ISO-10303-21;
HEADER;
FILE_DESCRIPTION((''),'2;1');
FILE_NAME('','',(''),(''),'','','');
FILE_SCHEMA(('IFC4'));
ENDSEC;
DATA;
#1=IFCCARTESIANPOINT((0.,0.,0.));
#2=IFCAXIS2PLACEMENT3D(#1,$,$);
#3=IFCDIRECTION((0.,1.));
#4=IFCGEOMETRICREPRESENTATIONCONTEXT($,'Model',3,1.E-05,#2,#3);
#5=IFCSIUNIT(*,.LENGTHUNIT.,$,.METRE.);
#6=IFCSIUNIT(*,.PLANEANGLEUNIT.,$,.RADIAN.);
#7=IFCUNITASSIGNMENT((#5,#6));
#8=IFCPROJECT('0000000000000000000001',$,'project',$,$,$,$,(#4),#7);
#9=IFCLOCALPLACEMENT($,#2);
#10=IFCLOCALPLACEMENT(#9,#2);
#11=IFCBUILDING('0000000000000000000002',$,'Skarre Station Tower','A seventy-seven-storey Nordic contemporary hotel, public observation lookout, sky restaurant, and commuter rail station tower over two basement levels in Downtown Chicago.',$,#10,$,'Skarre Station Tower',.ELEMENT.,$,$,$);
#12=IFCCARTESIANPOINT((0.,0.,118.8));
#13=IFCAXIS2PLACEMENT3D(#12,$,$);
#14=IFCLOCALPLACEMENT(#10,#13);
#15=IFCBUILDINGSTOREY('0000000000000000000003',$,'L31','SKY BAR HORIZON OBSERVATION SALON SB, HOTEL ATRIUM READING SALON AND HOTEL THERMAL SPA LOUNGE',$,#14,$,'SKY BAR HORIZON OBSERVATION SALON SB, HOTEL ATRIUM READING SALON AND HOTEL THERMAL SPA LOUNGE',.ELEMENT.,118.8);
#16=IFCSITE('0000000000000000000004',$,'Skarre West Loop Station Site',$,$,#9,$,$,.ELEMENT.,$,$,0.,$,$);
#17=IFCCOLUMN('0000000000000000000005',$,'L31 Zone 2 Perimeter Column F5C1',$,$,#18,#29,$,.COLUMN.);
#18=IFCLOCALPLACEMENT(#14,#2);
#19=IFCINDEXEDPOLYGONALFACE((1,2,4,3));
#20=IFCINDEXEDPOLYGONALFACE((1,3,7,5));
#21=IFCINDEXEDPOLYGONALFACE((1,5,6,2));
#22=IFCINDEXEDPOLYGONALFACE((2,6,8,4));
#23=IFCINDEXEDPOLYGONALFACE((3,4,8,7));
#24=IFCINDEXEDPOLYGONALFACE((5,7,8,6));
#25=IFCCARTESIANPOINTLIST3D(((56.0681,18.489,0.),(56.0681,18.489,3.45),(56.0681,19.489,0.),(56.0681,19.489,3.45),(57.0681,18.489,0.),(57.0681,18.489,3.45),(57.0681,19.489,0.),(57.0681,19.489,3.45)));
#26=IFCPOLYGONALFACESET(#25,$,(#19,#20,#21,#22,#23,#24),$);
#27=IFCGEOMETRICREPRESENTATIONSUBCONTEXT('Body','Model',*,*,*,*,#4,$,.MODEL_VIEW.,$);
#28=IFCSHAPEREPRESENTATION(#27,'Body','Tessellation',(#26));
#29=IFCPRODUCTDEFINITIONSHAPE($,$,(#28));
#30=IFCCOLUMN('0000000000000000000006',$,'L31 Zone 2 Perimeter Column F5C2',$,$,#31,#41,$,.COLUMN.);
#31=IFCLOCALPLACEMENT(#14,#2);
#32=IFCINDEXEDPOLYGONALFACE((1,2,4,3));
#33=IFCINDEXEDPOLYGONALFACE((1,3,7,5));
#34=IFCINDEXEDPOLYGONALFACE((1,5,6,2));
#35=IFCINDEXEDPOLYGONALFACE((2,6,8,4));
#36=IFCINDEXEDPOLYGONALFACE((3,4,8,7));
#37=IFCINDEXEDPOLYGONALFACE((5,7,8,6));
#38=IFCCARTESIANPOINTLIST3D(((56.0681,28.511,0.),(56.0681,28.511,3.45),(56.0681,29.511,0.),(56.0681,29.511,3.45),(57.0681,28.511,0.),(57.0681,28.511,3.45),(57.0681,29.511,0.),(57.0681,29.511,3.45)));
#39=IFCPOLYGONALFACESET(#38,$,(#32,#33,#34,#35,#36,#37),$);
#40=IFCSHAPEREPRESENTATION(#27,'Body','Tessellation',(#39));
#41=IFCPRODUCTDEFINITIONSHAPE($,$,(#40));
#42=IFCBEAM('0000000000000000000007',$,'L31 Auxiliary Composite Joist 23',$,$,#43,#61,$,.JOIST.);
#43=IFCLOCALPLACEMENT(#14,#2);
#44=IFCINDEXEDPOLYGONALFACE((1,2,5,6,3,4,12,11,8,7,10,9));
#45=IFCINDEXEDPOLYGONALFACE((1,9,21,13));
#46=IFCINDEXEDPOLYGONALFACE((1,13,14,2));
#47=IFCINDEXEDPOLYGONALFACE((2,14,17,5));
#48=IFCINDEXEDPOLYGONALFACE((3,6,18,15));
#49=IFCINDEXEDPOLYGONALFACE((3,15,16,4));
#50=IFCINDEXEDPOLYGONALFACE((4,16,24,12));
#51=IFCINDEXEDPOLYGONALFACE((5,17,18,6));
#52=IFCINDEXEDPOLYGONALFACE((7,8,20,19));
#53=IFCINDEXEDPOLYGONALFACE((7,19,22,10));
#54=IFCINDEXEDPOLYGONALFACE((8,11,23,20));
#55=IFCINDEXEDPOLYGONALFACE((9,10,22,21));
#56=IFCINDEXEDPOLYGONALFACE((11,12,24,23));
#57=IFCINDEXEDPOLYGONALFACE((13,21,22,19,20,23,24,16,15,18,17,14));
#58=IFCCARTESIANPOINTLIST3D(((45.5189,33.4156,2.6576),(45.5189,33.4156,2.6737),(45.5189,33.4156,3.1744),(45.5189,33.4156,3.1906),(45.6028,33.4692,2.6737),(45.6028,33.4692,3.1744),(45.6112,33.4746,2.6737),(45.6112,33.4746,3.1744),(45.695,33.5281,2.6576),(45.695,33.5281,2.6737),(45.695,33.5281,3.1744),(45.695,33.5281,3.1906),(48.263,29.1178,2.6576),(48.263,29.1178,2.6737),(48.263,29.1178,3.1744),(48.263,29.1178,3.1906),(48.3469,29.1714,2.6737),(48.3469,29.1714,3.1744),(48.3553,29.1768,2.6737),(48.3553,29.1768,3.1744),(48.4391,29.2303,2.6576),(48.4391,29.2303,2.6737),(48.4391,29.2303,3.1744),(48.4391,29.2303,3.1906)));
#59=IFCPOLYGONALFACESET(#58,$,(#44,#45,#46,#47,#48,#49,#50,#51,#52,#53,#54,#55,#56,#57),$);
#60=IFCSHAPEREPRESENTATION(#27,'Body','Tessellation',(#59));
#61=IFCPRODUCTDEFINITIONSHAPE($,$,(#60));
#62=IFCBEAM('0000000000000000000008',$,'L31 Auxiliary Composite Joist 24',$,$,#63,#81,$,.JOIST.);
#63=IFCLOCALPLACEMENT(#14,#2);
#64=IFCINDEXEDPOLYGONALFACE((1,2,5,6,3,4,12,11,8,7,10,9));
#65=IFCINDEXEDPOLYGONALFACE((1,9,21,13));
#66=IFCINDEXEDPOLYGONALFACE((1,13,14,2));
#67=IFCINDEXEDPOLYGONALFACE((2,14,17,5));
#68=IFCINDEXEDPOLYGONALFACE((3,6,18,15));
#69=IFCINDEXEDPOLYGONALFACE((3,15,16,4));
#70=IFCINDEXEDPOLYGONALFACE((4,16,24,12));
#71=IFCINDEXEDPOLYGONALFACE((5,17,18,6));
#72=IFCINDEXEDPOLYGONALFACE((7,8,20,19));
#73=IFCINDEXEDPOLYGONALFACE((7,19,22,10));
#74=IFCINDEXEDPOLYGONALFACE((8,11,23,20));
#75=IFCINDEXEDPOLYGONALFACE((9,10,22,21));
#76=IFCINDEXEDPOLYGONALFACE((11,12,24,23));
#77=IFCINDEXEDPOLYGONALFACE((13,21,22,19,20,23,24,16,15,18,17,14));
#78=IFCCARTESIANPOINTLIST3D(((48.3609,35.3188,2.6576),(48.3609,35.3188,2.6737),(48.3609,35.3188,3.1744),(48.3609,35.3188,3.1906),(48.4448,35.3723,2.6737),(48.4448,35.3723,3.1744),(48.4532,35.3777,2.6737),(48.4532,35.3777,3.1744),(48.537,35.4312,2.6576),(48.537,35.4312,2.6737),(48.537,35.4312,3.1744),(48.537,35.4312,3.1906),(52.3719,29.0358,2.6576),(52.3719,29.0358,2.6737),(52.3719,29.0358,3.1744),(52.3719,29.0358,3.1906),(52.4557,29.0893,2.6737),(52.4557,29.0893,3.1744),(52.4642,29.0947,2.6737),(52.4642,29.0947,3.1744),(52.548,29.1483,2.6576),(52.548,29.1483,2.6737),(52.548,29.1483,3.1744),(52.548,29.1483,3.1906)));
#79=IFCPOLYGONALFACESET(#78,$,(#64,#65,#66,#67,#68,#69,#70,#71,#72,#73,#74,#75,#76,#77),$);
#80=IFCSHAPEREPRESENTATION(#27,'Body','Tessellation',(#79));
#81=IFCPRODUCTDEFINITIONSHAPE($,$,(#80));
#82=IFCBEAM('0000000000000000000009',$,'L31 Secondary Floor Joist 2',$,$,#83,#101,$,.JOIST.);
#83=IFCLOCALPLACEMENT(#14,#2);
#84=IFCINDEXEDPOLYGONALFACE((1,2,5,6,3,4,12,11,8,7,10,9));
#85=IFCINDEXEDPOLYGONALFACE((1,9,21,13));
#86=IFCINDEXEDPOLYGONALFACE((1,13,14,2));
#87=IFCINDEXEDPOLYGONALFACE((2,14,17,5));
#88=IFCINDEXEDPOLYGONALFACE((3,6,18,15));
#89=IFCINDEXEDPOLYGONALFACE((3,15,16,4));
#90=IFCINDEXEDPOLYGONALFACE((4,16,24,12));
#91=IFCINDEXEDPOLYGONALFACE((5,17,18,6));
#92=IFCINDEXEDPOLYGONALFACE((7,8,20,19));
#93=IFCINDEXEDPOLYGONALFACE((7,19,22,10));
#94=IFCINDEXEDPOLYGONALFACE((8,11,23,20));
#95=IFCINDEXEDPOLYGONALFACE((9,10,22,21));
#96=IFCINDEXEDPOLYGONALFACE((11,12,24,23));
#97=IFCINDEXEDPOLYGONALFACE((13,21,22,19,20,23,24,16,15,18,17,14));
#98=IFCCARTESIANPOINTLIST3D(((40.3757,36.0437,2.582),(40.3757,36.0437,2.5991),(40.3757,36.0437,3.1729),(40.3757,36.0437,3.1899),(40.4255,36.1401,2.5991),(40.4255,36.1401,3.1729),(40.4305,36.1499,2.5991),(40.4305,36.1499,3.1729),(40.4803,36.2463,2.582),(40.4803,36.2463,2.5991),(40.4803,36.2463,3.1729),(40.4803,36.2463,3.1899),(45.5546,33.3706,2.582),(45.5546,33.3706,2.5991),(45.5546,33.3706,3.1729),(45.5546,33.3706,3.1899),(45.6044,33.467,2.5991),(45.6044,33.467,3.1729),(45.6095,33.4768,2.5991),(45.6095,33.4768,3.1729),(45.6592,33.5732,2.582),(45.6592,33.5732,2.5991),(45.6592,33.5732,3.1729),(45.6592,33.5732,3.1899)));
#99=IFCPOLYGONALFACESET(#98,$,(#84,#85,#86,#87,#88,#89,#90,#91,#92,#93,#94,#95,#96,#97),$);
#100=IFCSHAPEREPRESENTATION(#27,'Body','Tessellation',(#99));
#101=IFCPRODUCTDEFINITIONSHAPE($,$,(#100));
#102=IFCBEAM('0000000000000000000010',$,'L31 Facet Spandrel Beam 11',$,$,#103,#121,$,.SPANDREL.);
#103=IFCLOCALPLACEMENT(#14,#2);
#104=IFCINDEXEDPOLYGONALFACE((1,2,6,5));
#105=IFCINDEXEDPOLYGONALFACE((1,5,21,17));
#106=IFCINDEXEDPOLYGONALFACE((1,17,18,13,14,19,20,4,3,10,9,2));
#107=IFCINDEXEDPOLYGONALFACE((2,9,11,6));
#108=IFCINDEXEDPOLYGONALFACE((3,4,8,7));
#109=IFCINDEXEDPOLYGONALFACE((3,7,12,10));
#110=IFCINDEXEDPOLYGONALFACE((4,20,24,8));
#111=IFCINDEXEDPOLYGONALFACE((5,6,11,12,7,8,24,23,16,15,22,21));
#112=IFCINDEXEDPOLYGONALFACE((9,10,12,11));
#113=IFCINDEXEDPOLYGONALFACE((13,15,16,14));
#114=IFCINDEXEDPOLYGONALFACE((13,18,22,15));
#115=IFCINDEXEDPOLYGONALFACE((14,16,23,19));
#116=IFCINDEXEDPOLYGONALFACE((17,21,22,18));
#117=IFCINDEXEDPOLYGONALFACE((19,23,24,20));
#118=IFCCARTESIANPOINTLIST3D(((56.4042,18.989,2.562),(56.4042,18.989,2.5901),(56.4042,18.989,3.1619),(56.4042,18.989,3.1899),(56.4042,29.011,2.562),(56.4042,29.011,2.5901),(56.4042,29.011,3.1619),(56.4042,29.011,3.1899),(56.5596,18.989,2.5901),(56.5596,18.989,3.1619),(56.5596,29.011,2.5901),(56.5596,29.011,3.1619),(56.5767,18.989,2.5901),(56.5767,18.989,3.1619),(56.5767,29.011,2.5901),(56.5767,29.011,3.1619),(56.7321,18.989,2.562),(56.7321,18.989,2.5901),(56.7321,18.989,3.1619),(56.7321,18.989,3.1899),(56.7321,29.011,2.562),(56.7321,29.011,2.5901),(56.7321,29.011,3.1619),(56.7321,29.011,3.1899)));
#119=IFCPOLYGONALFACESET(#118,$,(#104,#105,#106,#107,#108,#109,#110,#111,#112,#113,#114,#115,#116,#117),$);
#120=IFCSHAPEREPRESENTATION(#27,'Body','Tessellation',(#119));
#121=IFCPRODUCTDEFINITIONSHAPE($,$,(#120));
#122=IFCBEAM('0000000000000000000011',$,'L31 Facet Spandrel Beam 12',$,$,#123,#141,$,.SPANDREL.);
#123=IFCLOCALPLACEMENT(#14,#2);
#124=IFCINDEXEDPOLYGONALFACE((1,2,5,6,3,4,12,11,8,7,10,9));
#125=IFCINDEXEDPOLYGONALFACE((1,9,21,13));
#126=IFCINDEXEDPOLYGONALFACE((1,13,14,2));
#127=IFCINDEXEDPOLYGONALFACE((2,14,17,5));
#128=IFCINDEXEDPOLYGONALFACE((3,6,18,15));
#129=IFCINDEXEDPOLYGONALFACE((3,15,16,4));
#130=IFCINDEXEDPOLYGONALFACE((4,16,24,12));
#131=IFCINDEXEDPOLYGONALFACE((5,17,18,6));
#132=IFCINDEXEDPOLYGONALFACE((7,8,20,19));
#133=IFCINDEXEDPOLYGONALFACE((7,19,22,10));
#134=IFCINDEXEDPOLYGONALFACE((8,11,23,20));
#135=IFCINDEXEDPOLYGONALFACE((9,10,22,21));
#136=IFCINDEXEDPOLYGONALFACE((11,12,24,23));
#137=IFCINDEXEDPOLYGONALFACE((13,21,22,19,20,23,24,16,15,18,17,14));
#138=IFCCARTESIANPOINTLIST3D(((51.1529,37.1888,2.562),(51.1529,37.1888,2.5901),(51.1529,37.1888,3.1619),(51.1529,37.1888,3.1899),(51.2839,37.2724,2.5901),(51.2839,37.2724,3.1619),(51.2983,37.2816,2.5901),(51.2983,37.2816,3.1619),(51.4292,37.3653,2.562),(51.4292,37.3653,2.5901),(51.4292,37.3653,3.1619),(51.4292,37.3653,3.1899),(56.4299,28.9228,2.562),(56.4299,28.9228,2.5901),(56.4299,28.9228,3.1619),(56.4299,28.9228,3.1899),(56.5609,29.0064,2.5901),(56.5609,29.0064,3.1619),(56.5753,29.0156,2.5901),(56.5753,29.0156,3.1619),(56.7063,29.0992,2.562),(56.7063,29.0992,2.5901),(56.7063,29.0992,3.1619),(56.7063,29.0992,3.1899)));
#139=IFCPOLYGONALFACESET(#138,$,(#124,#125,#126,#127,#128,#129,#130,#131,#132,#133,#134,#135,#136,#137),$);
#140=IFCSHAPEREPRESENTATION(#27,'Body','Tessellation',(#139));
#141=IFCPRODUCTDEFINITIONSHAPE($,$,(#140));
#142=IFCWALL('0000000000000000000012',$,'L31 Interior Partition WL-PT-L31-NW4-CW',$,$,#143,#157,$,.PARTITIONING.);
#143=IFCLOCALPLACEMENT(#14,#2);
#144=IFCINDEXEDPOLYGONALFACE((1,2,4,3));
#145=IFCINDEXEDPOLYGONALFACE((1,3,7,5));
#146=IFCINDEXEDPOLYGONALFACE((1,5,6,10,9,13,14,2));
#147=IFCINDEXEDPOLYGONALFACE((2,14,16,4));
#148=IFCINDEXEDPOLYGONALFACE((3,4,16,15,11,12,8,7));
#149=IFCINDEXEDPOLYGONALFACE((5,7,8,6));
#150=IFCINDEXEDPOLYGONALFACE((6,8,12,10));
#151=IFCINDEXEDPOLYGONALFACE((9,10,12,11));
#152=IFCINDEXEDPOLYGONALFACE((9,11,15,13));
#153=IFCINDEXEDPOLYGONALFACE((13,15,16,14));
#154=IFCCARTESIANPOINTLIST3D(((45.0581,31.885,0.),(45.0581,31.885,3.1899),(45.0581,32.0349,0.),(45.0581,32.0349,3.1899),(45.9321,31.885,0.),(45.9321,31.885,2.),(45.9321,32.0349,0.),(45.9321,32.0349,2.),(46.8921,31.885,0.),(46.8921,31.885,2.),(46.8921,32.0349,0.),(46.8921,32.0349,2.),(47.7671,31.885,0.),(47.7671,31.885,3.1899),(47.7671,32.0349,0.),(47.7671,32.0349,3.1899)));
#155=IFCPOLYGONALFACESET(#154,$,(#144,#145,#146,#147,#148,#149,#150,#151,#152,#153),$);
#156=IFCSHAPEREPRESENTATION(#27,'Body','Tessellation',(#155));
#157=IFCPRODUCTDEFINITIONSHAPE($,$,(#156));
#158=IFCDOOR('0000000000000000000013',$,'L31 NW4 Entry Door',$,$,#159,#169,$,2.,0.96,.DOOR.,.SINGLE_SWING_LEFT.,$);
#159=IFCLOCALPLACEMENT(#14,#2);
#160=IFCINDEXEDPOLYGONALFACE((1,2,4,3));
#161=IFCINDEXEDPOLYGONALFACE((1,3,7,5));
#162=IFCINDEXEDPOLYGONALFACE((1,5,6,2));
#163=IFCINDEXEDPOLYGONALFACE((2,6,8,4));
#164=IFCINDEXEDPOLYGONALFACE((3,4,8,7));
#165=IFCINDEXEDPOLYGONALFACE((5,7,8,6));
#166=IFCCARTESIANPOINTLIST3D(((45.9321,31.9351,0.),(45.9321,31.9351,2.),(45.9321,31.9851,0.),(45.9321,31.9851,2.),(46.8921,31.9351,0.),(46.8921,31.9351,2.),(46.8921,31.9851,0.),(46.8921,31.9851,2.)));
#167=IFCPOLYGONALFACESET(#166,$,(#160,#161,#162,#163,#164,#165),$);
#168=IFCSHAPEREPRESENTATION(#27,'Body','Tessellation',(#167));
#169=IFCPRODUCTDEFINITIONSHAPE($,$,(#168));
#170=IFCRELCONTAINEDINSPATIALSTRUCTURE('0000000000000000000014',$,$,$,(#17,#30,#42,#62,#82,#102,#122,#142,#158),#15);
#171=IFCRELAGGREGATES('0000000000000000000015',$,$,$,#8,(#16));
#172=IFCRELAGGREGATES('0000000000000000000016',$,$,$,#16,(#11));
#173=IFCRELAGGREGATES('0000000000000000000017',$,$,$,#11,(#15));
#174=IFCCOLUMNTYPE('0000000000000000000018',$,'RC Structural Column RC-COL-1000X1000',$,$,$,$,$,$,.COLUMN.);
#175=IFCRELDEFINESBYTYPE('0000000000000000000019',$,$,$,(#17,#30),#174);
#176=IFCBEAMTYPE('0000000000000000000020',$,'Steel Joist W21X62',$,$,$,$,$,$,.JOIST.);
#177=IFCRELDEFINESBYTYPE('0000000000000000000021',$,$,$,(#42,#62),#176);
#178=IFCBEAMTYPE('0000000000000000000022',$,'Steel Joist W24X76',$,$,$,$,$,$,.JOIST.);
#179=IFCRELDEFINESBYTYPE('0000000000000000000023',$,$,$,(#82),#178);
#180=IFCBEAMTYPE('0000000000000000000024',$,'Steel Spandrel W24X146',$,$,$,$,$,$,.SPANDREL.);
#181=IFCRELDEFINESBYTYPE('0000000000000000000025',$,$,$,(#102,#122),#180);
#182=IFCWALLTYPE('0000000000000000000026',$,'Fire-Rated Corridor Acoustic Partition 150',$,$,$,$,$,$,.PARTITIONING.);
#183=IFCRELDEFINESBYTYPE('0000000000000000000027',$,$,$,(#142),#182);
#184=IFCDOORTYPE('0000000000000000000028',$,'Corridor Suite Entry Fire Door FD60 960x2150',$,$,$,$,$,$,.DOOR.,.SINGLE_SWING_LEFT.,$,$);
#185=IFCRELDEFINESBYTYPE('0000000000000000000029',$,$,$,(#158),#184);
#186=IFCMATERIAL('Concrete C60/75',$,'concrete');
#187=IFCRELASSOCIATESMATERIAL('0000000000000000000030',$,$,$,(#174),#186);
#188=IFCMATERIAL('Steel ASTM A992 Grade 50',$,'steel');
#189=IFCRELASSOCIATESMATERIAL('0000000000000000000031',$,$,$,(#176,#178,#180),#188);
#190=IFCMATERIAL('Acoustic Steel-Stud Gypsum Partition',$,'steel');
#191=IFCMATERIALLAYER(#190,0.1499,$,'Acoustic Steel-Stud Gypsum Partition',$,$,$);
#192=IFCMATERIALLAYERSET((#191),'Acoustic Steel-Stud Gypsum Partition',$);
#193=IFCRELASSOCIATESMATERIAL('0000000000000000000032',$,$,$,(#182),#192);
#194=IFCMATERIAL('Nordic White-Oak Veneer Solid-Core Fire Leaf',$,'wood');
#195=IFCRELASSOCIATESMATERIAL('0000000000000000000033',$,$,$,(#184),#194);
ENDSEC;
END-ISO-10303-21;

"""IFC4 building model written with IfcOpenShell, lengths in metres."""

from ifc_helpers import new_model, si_unit, direction, frame, frame_2d, origin, origin_2d, place, context, subcontext, project, spatial, rectangle, i_section, extrude, material, layer, layer_set, material_profile, profile_set, type_object, element, fill, save


model = new_model("IFC4")

# Units and contexts
model_context = context("Model", 3, precision=1e-05, world=origin(), true_north=direction((0.0, 1.0)))
body_context = subcontext(model_context, "Body", "Model", "MODEL_VIEW")
ifc_project = project(units=[si_unit("LENGTHUNIT", "METRE"), si_unit("PLANEANGLEUNIT", "RADIAN")], contexts=[model_context])

# Site, building, storey
site_placement = place(None, origin())
site = spatial("IfcSite", under=ifc_project, at=site_placement, Name="Skarre West Loop Station Site", CompositionType="ELEMENT", RefElevation=0.0)
building_placement = place(site_placement, origin())
building = spatial("IfcBuilding", under=site, at=building_placement, Name="Skarre Station Tower", Description="A seventy-seven-storey Nordic contemporary hotel, public observation lookout, sky restaurant, and commuter rail station tower over two basement levels in Downtown Chicago.", LongName="Skarre Station Tower", CompositionType="ELEMENT")
storey_placement = place(building_placement, frame((0.0, 0.0, 118.8)))
storey = spatial("IfcBuildingStorey", under=building, at=storey_placement, Name="L31", Description="SKY BAR HORIZON OBSERVATION SALON SB, HOTEL ATRIUM READING SALON AND HOTEL THERMAL SPA LOUNGE", LongName="SKY BAR HORIZON OBSERVATION SALON SB, HOTEL ATRIUM READING SALON AND HOTEL THERMAL SPA LOUNGE", CompositionType="ELEMENT", Elevation=118.8)

# Columns
ifc_material_1 = material(Name="Concrete C60/75", Category="concrete")
ifc_material_profile_1 = material_profile(ifc_material_1, rectangle(XDim=1.0, YDim=1.0, at=origin_2d()), Name="Concrete C60/75")
ifc_profile_set_1 = profile_set([ifc_material_profile_1], Name="Concrete C60/75")
column_type = type_object("IfcColumnType", Name="RC Structural Column RC-COL-1000X1000", PredefinedType="COLUMN", material=ifc_profile_set_1)
for number, where, z_axis, x_axis, name in (
    (1, (56.5681, 18.989, 0.0), (0.0, 0.0, 1.0), (1.0, 0.0, 0.0), "L31 Zone 2 Perimeter Column F5C1"),
    (2, (56.5681, 29.011, 0.0), (0.0, 0.0, 1.0), (1.0, 0.0, 0.0), "L31 Zone 2 Perimeter Column F5C2"),
):
    element("IfcColumn", number, at=place(storey_placement, frame(where, z_axis=z_axis, x_axis=x_axis)), inside=storey, type_object=column_type, Name=name, PredefinedType="COLUMN", context=body_context, shape_type="SweptSolid", body=[
        extrude(rectangle(XDim=1.0, YDim=1.0, at=origin_2d()), origin(), (0.0, 0.0, 1.0), 3.45),
    ])

# Beams
ifc_material_2 = material(Name="Steel ASTM A992 Grade 50", Category="steel")
ifc_material_profile_2 = material_profile(ifc_material_2, i_section(OverallWidth=0.209, OverallDepth=0.533, WebThickness=0.01, FlangeThickness=0.0161, at=origin_2d()), Name="Steel ASTM A992 Grade 50")
ifc_profile_set_2 = profile_set([ifc_material_profile_2], Name="Steel ASTM A992 Grade 50")
beam_type_1 = type_object("IfcBeamType", Name="Steel Joist W21X62", PredefinedType="JOIST", material=ifc_profile_set_2)
beam_1_placement = place(storey_placement, frame((48.3511, 29.1741, 2.9241), z_axis=(-0.538151, 0.842848, 0.0), x_axis=(-0.842848, -0.538151, 0.0)))
element("IfcBeam", 3, at=beam_1_placement, inside=storey, type_object=beam_type_1, Name="L31 Auxiliary Composite Joist 23", PredefinedType="JOIST", context=body_context, shape_type="SweptSolid", body=[
    extrude(i_section(OverallWidth=0.209, OverallDepth=0.533, WebThickness=0.01, FlangeThickness=0.0161, at=origin_2d()), origin(), (0.0, 0.0, 1.0), 5.0991),
])
beam_2_placement = place(storey_placement, frame((52.46, 29.092, 2.9241), z_axis=(-0.538091, 0.842886, 0.0), x_axis=(-0.842886, -0.538091, 0.0)))
element("IfcBeam", 4, at=beam_2_placement, inside=storey, type_object=beam_type_1, Name="L31 Auxiliary Composite Joist 24", PredefinedType="JOIST", context=body_context, shape_type="SweptSolid", body=[
    extrude(i_section(OverallWidth=0.209, OverallDepth=0.533, WebThickness=0.01, FlangeThickness=0.0161, at=origin_2d()), origin(), (0.0, 0.0, 1.0), 7.4541),
])
ifc_material_profile_3 = material_profile(ifc_material_2, i_section(OverallWidth=0.228, OverallDepth=0.6079, WebThickness=0.011, FlangeThickness=0.0171, at=origin_2d()), Name="Steel ASTM A992 Grade 50")
ifc_profile_set_3 = profile_set([ifc_material_profile_3], Name="Steel ASTM A992 Grade 50")
beam_type_2 = type_object("IfcBeamType", Name="Steel Joist W24X76", PredefinedType="JOIST", material=ifc_profile_set_3)
beam_3_placement = place(storey_placement, frame((45.6069, 33.4719, 2.886), z_axis=(-0.888615, 0.458655, 0.0), x_axis=(-0.458655, -0.888615, 0.0)))
element("IfcBeam", 5, at=beam_3_placement, inside=storey, type_object=beam_type_2, Name="L31 Secondary Floor Joist 2", PredefinedType="JOIST", context=body_context, shape_type="SweptSolid", body=[
    extrude(i_section(OverallWidth=0.228, OverallDepth=0.6079, WebThickness=0.011, FlangeThickness=0.0171, at=origin_2d()), origin(), (0.0, 0.0, 1.0), 5.8281),
])
ifc_material_profile_4 = material_profile(ifc_material_2, i_section(OverallWidth=0.3279, OverallDepth=0.6279, WebThickness=0.0171, FlangeThickness=0.0281, at=origin_2d()), Name="Steel ASTM A992 Grade 50")
ifc_profile_set_4 = profile_set([ifc_material_profile_4], Name="Steel ASTM A992 Grade 50")
beam_type_3 = type_object("IfcBeamType", Name="Steel Spandrel W24X146", PredefinedType="SPANDREL", material=ifc_profile_set_4)
beam_4_placement = place(storey_placement, frame((56.5681, 18.989, 2.876), z_axis=(0.0, 1.0, 0.0), x_axis=(-1.0, 0.0, 0.0)))
element("IfcBeam", 6, at=beam_4_placement, inside=storey, type_object=beam_type_3, Name="L31 Facet Spandrel Beam 11", PredefinedType="SPANDREL", context=body_context, shape_type="SweptSolid", body=[
    extrude(i_section(OverallWidth=0.3279, OverallDepth=0.6279, WebThickness=0.0171, FlangeThickness=0.0281, at=origin_2d()), origin(), (0.0, 0.0, 1.0), 10.022),
])
beam_5_placement = place(storey_placement, frame((56.5681, 29.011, 2.876), z_axis=(-0.538098, 0.842883, 0.0), x_axis=(-0.842883, -0.538098, 0.0)))
element("IfcBeam", 7, at=beam_5_placement, inside=storey, type_object=beam_type_3, Name="L31 Facet Spandrel Beam 12", PredefinedType="SPANDREL", context=body_context, shape_type="SweptSolid", body=[
    extrude(i_section(OverallWidth=0.3279, OverallDepth=0.6279, WebThickness=0.0171, FlangeThickness=0.0281, at=origin_2d()), origin(), (0.0, 0.0, 1.0), 9.8069),
])

# Wall, opening, door
ifc_material_3 = material(Name="Acoustic Steel-Stud Gypsum Partition", Category="steel")
ifc_layer_1 = layer(ifc_material_3, 0.1499, Name="Acoustic Steel-Stud Gypsum Partition")
ifc_layer_set_1 = layer_set([ifc_layer_1], Name="Acoustic Steel-Stud Gypsum Partition")
wall_type_1 = type_object("IfcWallType", Name="Fire-Rated Corridor Acoustic Partition 150", PredefinedType="PARTITIONING", material=ifc_layer_set_1)
wall_1_placement = place(storey_placement, frame((47.7671, 31.96, 0.0), z_axis=(0.0, 0.0, 1.0), x_axis=(-1.0, 0.0, 0.0)))
wall_1 = element("IfcWall", 8, at=wall_1_placement, inside=storey, type_object=wall_type_1, Name="L31 Interior Partition WL-PT-L31-NW4-CW", PredefinedType="PARTITIONING", context=body_context, shape_type="SweptSolid", body=[
    extrude(rectangle(XDim=2.709, YDim=0.1499, at=frame_2d((1.3545, 0.0))), origin(), (0.0, 0.0, 1.0), 3.1899),
])
opening_1_placement = place(wall_1_placement, frame((0.875, 0.0, 0.0)))
opening_1 = element("IfcOpeningElement", 9, at=opening_1_placement, cuts=wall_1, PredefinedType="OPENING", context=body_context, shape_type="SweptSolid", body=[
    extrude(rectangle(XDim=0.96, YDim=2.0, at=frame_2d((0.48, 1.0))), frame((0.0, 0.085, 0.0), z_axis=(0.0, -1.0, 0.0), x_axis=(1.0, 0.0, 0.0)), (0.0, 0.0, 1.0), 0.1699),
])
ifc_material_4 = material(Name="Nordic White-Oak Veneer Solid-Core Fire Leaf", Category="wood")
door_type = type_object("IfcDoorType", Name="Corridor Suite Entry Fire Door FD60 960x2150", OperationType="SINGLE_SWING_LEFT", PredefinedType="DOOR", material=ifc_material_4)
door_1_placement = place(opening_1_placement, origin())
door_1 = element("IfcDoor", 10, at=door_1_placement, inside=storey, type_object=door_type, Name="L31 NW4 Entry Door", OperationType="SINGLE_SWING_LEFT", OverallHeight=2.0, OverallWidth=0.96, PredefinedType="DOOR", context=body_context, shape_type="SweptSolid", body=[
    extrude(rectangle(XDim=0.96, YDim=2.0, at=frame_2d((0.48, 1.0))), frame((0.0, 0.0249, 0.0), z_axis=(0.0, -1.0, 0.0), x_axis=(1.0, 0.0, 0.0)), (0.0, 0.0, 1.0), 0.05),
])
fill(opening_1, door_1)

save(model, "model.ifc")
